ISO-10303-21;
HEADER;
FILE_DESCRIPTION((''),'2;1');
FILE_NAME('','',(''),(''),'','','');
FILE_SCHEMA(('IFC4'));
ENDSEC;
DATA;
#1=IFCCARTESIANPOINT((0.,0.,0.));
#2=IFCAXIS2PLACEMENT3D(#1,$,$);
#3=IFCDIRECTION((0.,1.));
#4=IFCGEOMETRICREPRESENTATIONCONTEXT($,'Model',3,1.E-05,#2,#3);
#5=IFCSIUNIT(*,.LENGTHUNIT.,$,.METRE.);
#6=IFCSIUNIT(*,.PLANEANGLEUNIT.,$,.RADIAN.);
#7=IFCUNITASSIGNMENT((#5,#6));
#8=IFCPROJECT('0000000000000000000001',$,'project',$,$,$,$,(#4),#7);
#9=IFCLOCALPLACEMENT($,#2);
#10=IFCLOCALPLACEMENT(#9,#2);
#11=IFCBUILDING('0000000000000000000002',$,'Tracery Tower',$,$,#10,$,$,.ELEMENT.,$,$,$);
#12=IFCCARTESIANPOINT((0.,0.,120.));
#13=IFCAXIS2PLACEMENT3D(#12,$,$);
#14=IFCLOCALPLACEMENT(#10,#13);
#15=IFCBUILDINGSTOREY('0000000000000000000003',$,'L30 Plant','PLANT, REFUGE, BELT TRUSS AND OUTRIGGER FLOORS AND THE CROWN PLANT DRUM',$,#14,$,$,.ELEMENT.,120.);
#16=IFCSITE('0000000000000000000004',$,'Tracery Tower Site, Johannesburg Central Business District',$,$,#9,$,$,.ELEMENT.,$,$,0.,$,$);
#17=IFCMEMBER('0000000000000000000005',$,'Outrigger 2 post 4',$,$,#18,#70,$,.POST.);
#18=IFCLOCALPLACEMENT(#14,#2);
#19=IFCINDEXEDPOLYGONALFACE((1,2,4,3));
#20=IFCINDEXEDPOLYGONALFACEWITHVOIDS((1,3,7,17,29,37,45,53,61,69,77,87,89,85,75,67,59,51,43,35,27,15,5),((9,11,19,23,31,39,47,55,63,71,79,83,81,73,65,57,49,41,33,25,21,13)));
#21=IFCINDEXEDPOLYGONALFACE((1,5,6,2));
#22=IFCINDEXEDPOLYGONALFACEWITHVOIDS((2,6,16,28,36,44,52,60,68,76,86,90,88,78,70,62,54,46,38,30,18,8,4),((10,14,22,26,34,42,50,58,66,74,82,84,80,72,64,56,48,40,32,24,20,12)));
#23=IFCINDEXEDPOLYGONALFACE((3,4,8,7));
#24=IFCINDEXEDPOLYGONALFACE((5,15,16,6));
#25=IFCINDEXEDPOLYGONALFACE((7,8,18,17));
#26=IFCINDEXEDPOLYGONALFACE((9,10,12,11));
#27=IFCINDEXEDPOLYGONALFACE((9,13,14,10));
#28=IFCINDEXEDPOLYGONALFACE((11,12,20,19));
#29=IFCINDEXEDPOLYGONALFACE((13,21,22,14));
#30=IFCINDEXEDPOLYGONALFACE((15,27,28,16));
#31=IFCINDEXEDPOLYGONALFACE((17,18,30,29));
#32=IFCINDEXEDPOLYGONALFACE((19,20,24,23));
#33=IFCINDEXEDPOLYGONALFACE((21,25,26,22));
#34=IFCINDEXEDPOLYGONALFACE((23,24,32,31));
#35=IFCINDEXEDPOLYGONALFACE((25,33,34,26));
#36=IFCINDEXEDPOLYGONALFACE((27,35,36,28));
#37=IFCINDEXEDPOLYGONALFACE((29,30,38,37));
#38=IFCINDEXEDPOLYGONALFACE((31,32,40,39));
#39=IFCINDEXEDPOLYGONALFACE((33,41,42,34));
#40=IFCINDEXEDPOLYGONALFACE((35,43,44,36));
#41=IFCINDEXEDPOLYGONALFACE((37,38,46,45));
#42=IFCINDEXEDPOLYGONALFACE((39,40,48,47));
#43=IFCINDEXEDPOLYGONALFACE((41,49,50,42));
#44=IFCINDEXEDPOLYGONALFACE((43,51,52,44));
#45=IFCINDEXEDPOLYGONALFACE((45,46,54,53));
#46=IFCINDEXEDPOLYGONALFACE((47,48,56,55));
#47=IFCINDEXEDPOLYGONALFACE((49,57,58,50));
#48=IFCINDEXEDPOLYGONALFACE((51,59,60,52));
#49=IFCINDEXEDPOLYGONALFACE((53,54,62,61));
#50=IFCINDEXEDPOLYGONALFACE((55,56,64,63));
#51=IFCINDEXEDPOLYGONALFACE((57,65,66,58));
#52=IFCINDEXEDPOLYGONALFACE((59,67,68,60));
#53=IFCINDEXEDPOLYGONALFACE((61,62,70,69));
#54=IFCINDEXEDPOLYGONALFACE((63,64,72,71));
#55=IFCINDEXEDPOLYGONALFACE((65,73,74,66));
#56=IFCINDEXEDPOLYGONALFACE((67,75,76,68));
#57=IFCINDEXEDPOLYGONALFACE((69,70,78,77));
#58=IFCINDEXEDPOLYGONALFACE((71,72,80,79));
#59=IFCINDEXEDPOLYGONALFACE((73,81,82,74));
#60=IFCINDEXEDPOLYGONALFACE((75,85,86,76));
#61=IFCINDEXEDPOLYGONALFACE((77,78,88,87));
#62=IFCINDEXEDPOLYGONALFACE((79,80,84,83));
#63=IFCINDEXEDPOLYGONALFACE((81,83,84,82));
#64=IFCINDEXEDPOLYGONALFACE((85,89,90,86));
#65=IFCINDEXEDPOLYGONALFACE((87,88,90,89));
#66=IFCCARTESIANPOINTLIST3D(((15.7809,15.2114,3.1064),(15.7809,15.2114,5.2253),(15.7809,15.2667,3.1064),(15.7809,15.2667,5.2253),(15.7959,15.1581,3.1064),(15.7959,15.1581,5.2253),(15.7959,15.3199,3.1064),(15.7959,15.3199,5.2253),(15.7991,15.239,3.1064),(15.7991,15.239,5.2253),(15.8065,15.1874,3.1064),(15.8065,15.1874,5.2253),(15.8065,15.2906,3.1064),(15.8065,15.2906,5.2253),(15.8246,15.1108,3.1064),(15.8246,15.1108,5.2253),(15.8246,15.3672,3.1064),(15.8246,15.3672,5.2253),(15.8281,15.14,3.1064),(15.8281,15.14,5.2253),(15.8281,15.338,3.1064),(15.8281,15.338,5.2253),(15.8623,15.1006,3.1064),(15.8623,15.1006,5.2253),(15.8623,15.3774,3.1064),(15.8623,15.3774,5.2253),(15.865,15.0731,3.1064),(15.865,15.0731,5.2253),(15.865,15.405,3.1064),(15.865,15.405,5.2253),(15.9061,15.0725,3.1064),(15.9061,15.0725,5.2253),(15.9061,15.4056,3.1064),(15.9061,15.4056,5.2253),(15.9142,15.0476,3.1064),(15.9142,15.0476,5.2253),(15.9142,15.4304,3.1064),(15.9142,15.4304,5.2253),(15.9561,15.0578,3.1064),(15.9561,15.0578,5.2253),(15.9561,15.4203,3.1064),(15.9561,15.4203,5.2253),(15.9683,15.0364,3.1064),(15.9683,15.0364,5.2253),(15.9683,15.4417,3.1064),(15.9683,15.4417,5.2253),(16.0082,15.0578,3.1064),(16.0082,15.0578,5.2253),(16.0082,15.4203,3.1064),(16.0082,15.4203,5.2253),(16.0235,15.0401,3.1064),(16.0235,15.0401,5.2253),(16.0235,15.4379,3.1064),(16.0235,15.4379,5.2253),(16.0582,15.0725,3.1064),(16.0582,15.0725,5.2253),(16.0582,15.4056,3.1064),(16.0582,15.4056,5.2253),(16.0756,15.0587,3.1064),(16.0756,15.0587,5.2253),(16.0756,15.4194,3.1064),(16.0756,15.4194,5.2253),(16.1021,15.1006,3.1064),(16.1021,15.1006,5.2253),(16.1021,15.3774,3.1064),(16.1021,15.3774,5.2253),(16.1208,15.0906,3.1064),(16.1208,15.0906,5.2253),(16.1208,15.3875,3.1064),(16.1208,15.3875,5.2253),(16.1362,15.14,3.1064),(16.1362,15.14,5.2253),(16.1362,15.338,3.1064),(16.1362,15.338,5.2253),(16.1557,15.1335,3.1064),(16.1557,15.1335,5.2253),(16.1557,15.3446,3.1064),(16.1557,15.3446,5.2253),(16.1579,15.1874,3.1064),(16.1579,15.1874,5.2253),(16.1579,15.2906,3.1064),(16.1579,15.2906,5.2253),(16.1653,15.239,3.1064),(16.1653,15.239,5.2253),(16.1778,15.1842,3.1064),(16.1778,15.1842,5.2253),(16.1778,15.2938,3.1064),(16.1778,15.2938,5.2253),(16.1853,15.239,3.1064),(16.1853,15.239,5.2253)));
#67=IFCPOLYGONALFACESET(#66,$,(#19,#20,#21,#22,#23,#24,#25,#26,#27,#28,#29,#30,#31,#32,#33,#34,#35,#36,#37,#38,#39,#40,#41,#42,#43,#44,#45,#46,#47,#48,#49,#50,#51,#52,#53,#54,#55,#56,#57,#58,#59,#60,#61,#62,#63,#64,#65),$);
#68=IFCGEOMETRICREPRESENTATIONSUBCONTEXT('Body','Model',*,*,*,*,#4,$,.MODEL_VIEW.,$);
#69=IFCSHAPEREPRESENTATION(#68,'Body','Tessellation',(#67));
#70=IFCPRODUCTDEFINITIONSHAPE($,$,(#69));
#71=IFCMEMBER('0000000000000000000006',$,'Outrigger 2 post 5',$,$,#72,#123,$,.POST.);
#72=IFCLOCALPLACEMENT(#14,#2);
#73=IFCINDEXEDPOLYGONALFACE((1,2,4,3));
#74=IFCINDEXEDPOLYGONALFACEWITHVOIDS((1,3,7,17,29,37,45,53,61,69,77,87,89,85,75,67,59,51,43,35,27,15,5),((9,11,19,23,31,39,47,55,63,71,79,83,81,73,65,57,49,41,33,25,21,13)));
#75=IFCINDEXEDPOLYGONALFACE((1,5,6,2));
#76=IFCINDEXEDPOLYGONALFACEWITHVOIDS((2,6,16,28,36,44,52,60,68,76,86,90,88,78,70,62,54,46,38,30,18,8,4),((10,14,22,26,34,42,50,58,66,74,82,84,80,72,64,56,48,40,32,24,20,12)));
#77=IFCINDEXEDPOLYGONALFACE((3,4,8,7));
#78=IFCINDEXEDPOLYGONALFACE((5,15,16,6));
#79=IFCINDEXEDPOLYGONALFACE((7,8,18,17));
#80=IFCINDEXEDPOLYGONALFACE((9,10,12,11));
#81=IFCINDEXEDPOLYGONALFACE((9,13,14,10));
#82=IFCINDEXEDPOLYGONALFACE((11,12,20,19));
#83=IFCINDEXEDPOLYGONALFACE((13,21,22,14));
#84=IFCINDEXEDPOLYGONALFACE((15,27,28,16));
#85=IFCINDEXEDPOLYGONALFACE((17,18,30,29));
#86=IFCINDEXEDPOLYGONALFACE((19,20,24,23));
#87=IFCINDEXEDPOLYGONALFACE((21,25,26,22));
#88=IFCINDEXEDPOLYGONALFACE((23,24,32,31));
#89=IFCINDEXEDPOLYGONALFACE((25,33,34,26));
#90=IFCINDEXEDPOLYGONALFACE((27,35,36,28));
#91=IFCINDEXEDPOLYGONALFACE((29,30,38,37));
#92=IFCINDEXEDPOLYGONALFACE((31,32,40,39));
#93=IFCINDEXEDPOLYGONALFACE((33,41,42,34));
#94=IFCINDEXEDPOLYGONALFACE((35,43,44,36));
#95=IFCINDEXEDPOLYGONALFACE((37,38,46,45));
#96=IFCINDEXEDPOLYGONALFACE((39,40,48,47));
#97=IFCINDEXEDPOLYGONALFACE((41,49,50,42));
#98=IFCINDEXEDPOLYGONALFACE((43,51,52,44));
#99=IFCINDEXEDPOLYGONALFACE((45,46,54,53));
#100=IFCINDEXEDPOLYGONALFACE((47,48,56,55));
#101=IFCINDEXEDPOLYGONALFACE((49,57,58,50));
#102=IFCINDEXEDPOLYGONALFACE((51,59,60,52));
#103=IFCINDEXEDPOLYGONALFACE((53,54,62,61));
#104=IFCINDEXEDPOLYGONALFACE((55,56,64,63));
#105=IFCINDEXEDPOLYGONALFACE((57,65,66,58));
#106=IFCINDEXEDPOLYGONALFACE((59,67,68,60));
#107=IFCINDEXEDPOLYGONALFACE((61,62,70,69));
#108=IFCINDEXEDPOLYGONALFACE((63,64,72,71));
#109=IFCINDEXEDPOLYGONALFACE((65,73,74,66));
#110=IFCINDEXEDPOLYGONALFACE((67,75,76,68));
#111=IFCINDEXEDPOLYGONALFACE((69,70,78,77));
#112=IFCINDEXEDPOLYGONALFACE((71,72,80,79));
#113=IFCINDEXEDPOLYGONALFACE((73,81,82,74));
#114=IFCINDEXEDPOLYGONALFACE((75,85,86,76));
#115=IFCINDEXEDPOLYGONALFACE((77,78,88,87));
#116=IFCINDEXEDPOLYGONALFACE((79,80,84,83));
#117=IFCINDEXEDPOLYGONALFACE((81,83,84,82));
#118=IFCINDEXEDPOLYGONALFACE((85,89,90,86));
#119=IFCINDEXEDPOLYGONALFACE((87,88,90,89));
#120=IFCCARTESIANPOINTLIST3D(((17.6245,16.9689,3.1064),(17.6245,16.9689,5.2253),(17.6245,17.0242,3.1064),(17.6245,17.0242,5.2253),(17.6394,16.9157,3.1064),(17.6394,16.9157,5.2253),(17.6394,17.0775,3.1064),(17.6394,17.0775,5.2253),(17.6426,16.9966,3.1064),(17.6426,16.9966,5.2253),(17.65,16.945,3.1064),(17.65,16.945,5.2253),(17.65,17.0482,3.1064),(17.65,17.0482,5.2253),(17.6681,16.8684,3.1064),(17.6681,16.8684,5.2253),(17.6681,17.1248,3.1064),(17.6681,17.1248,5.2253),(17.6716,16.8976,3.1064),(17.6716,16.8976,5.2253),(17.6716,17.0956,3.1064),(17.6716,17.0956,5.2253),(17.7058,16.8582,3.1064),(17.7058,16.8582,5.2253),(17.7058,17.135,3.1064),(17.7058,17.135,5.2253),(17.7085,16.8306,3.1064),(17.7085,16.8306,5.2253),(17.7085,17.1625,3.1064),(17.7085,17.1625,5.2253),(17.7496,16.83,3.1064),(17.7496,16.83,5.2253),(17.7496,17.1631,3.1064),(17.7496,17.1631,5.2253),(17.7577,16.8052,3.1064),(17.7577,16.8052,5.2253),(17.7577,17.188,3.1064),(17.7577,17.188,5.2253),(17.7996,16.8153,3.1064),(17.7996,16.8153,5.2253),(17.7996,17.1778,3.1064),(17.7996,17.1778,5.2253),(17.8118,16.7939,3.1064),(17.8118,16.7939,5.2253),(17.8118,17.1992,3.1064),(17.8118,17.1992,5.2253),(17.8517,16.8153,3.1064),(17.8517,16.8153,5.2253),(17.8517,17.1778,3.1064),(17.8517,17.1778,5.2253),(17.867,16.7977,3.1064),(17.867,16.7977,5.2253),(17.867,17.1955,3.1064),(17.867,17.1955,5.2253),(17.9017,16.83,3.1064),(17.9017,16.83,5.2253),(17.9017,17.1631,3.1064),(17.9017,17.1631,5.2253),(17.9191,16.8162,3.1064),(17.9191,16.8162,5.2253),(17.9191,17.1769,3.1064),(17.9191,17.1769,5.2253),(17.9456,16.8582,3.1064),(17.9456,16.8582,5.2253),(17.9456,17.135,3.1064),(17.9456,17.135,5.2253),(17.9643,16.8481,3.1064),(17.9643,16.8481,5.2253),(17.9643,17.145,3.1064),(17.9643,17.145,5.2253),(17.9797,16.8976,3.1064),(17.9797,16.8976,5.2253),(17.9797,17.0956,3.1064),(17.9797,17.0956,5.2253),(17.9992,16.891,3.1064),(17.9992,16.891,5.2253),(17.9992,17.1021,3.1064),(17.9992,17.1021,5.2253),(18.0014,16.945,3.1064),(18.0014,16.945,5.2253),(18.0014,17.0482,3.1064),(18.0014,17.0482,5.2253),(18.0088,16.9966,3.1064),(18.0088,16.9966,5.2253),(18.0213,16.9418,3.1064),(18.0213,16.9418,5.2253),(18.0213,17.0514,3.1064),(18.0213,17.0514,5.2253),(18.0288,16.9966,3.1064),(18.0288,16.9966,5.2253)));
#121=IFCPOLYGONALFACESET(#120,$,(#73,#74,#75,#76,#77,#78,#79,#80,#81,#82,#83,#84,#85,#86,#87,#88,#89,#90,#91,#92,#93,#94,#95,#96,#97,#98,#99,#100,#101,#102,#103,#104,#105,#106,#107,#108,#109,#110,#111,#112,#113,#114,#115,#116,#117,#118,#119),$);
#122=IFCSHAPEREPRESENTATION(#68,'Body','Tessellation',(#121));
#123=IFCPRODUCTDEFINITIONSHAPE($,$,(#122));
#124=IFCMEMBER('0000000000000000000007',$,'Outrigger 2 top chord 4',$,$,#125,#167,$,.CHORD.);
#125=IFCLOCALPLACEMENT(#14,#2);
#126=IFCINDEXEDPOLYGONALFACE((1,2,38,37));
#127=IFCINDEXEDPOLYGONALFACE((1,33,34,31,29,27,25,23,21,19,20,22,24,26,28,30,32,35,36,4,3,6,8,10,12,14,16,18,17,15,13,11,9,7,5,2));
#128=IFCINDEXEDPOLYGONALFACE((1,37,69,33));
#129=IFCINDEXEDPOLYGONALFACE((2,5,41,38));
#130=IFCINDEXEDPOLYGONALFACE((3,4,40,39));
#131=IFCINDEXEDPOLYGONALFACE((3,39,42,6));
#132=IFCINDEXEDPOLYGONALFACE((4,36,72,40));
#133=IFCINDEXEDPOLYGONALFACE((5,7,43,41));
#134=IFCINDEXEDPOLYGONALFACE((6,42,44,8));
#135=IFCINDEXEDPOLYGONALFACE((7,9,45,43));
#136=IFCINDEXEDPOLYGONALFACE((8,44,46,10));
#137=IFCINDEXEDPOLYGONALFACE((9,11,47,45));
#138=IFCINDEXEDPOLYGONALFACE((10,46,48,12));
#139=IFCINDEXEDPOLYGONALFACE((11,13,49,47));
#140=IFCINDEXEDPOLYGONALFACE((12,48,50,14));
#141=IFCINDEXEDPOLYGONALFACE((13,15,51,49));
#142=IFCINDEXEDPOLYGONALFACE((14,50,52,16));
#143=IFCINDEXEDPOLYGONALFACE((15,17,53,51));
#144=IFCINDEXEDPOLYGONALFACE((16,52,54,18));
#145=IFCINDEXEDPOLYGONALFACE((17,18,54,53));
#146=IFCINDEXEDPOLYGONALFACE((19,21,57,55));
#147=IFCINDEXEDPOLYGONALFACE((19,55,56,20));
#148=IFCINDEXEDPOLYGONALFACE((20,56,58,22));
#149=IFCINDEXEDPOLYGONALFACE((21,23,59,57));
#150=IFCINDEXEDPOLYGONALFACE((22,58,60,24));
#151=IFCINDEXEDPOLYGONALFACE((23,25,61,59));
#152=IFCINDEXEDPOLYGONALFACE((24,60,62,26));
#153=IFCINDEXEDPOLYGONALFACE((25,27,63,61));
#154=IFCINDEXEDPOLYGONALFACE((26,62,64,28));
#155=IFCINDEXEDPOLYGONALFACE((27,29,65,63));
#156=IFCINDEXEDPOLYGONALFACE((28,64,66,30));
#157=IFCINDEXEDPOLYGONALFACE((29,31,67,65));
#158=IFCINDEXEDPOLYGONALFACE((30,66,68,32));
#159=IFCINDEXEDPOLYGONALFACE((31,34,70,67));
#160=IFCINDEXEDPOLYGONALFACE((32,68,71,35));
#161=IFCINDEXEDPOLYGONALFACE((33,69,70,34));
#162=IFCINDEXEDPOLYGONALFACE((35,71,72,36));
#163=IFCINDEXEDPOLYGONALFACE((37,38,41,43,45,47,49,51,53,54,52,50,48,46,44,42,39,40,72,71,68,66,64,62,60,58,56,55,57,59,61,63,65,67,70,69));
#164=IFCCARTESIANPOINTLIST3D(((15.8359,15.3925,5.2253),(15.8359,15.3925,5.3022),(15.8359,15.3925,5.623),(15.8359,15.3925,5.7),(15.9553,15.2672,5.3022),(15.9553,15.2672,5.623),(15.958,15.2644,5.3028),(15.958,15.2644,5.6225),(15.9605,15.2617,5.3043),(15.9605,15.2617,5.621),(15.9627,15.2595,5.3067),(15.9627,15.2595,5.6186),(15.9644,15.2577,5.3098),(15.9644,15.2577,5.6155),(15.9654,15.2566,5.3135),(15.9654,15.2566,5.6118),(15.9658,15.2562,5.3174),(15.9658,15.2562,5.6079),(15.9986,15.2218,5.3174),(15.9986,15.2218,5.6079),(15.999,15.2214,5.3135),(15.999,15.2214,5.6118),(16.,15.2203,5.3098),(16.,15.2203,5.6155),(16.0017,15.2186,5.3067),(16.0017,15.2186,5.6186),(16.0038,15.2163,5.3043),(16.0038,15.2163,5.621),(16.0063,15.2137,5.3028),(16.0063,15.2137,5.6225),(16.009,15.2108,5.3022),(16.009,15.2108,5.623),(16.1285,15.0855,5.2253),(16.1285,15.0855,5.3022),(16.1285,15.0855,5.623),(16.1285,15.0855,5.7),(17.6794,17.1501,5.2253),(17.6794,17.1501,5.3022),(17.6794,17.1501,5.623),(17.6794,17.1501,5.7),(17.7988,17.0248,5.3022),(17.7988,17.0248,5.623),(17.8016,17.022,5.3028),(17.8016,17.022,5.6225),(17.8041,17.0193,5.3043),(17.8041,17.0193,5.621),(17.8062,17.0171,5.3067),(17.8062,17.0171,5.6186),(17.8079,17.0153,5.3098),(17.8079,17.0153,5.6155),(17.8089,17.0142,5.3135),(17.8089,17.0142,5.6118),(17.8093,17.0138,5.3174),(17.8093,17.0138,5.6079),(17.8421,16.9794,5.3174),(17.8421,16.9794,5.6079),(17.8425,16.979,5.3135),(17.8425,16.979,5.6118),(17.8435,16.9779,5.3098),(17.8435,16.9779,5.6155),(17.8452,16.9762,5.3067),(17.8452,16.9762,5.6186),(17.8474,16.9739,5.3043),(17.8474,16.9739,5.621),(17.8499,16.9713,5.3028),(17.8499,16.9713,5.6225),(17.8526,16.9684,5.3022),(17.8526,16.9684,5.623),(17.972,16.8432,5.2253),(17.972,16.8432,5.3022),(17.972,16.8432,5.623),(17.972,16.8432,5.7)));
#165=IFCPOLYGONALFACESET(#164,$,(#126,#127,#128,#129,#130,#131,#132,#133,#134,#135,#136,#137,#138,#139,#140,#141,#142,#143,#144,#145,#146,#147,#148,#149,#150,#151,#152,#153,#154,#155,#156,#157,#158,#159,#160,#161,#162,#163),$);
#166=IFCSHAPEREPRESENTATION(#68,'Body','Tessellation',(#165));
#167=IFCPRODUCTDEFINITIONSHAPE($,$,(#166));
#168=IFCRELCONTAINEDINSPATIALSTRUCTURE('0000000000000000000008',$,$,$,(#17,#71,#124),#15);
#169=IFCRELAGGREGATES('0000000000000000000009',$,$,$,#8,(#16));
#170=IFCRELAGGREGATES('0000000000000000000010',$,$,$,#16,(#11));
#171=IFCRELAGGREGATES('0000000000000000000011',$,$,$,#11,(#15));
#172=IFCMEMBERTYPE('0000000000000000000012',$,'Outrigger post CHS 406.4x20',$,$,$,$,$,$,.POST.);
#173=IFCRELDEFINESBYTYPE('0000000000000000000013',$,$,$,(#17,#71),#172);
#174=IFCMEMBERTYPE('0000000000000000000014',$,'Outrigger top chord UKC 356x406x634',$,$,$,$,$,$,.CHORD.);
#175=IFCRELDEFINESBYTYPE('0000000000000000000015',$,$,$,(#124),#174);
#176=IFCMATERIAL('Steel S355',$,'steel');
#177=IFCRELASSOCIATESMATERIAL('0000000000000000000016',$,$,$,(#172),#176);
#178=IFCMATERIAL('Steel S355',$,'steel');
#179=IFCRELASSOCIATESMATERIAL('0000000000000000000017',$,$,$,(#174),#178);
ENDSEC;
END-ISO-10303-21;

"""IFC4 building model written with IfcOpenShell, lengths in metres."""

from ifc_helpers import new_model, si_unit, direction, frame, origin, origin_2d, place, context, subcontext, project, spatial, hollow_circle, i_section, extrude, material, material_profile, profile_set, type_object, element, save


model = new_model("IFC4")

# Units and contexts
model_context = context("Model", 3, precision=1e-05, world=origin(), true_north=direction((0.0, 1.0)))
body_context = subcontext(model_context, "Body", "Model", "MODEL_VIEW")
ifc_project = project(units=[si_unit("LENGTHUNIT", "METRE"), si_unit("PLANEANGLEUNIT", "RADIAN")], contexts=[model_context])

# Site, building, storey
site_placement = place(None, origin())
site = spatial("IfcSite", under=ifc_project, at=site_placement, Name="Tracery Tower Site, Johannesburg Central Business District", CompositionType="ELEMENT", RefElevation=0.0)
building_placement = place(site_placement, origin())
building = spatial("IfcBuilding", under=site, at=building_placement, Name="Tracery Tower", CompositionType="ELEMENT")
storey_placement = place(building_placement, frame((0.0, 0.0, 120.0)))
storey = spatial("IfcBuildingStorey", under=building, at=storey_placement, Name="L30 Plant", Description="PLANT, REFUGE, BELT TRUSS AND OUTRIGGER FLOORS AND THE CROWN PLANT DRUM", CompositionType="ELEMENT", Elevation=120.0)

# Members
ifc_material_1 = material(Name="Steel S355", Category="steel")
ifc_material_profile_1 = material_profile(ifc_material_1, hollow_circle(Radius=0.2031, WallThickness=0.02, at=origin_2d()), Name="CHS 406.4x20")
ifc_profile_set_1 = profile_set([ifc_material_profile_1], Name="Steel S355")
member_type_1 = type_object("IfcMemberType", Name="Outrigger post CHS 406.4x20", PredefinedType="POST", material=ifc_profile_set_1)
for number, where, z_axis, x_axis, name in (
    (1, (15.9822, 15.239, 3.1064), (0.0, 0.0, 1.0), (1.0, 0.0, 0.0), "Outrigger 2 post 4"),
    (2, (17.8257, 16.9966, 3.1064), (0.0, 0.0, 1.0), (1.0, 0.0, 0.0), "Outrigger 2 post 5"),
):
    element("IfcMember", number, at=place(storey_placement, frame(where, z_axis=z_axis, x_axis=x_axis)), inside=storey, type_object=member_type_1, Name=name, PredefinedType="POST", context=body_context, shape_type="SweptSolid", body=[
        extrude(hollow_circle(Radius=0.2031, WallThickness=0.02, at=origin_2d()), origin(), (0.0, 0.0, 1.0), 2.1189),
    ])
ifc_material_2 = material(Name="Steel S355", Category="steel")
ifc_material_profile_2 = material_profile(ifc_material_2, i_section(OverallWidth=0.4241, OverallDepth=0.4746, WebThickness=0.0476, FlangeThickness=0.0769, FilletRadius=0.0151, at=origin_2d()), Name="UKC 356x406x634")
ifc_profile_set_2 = profile_set([ifc_material_profile_2], Name="Steel S355")
member_type_2 = type_object("IfcMemberType", Name="Outrigger top chord UKC 356x406x634", PredefinedType="CHORD", material=ifc_profile_set_2)
for number, where, z_axis, x_axis, name in (
    (3, (15.9822, 15.239, 5.4626), (0.723775, 0.690036, 0.0), (-0.690036, 0.723775, 0.0), "Outrigger 2 top chord 4"),
):
    element("IfcMember", number, at=place(storey_placement, frame(where, z_axis=z_axis, x_axis=x_axis)), inside=storey, type_object=member_type_2, Name=name, PredefinedType="CHORD", context=body_context, shape_type="SweptSolid", body=[
        extrude(i_section(OverallWidth=0.4241, OverallDepth=0.4746, WebThickness=0.0476, FlangeThickness=0.0769, FilletRadius=0.0151, at=origin_2d()), origin(), (0.0, 0.0, 1.0), 2.5471),
    ])

save(model, "model.ifc")
